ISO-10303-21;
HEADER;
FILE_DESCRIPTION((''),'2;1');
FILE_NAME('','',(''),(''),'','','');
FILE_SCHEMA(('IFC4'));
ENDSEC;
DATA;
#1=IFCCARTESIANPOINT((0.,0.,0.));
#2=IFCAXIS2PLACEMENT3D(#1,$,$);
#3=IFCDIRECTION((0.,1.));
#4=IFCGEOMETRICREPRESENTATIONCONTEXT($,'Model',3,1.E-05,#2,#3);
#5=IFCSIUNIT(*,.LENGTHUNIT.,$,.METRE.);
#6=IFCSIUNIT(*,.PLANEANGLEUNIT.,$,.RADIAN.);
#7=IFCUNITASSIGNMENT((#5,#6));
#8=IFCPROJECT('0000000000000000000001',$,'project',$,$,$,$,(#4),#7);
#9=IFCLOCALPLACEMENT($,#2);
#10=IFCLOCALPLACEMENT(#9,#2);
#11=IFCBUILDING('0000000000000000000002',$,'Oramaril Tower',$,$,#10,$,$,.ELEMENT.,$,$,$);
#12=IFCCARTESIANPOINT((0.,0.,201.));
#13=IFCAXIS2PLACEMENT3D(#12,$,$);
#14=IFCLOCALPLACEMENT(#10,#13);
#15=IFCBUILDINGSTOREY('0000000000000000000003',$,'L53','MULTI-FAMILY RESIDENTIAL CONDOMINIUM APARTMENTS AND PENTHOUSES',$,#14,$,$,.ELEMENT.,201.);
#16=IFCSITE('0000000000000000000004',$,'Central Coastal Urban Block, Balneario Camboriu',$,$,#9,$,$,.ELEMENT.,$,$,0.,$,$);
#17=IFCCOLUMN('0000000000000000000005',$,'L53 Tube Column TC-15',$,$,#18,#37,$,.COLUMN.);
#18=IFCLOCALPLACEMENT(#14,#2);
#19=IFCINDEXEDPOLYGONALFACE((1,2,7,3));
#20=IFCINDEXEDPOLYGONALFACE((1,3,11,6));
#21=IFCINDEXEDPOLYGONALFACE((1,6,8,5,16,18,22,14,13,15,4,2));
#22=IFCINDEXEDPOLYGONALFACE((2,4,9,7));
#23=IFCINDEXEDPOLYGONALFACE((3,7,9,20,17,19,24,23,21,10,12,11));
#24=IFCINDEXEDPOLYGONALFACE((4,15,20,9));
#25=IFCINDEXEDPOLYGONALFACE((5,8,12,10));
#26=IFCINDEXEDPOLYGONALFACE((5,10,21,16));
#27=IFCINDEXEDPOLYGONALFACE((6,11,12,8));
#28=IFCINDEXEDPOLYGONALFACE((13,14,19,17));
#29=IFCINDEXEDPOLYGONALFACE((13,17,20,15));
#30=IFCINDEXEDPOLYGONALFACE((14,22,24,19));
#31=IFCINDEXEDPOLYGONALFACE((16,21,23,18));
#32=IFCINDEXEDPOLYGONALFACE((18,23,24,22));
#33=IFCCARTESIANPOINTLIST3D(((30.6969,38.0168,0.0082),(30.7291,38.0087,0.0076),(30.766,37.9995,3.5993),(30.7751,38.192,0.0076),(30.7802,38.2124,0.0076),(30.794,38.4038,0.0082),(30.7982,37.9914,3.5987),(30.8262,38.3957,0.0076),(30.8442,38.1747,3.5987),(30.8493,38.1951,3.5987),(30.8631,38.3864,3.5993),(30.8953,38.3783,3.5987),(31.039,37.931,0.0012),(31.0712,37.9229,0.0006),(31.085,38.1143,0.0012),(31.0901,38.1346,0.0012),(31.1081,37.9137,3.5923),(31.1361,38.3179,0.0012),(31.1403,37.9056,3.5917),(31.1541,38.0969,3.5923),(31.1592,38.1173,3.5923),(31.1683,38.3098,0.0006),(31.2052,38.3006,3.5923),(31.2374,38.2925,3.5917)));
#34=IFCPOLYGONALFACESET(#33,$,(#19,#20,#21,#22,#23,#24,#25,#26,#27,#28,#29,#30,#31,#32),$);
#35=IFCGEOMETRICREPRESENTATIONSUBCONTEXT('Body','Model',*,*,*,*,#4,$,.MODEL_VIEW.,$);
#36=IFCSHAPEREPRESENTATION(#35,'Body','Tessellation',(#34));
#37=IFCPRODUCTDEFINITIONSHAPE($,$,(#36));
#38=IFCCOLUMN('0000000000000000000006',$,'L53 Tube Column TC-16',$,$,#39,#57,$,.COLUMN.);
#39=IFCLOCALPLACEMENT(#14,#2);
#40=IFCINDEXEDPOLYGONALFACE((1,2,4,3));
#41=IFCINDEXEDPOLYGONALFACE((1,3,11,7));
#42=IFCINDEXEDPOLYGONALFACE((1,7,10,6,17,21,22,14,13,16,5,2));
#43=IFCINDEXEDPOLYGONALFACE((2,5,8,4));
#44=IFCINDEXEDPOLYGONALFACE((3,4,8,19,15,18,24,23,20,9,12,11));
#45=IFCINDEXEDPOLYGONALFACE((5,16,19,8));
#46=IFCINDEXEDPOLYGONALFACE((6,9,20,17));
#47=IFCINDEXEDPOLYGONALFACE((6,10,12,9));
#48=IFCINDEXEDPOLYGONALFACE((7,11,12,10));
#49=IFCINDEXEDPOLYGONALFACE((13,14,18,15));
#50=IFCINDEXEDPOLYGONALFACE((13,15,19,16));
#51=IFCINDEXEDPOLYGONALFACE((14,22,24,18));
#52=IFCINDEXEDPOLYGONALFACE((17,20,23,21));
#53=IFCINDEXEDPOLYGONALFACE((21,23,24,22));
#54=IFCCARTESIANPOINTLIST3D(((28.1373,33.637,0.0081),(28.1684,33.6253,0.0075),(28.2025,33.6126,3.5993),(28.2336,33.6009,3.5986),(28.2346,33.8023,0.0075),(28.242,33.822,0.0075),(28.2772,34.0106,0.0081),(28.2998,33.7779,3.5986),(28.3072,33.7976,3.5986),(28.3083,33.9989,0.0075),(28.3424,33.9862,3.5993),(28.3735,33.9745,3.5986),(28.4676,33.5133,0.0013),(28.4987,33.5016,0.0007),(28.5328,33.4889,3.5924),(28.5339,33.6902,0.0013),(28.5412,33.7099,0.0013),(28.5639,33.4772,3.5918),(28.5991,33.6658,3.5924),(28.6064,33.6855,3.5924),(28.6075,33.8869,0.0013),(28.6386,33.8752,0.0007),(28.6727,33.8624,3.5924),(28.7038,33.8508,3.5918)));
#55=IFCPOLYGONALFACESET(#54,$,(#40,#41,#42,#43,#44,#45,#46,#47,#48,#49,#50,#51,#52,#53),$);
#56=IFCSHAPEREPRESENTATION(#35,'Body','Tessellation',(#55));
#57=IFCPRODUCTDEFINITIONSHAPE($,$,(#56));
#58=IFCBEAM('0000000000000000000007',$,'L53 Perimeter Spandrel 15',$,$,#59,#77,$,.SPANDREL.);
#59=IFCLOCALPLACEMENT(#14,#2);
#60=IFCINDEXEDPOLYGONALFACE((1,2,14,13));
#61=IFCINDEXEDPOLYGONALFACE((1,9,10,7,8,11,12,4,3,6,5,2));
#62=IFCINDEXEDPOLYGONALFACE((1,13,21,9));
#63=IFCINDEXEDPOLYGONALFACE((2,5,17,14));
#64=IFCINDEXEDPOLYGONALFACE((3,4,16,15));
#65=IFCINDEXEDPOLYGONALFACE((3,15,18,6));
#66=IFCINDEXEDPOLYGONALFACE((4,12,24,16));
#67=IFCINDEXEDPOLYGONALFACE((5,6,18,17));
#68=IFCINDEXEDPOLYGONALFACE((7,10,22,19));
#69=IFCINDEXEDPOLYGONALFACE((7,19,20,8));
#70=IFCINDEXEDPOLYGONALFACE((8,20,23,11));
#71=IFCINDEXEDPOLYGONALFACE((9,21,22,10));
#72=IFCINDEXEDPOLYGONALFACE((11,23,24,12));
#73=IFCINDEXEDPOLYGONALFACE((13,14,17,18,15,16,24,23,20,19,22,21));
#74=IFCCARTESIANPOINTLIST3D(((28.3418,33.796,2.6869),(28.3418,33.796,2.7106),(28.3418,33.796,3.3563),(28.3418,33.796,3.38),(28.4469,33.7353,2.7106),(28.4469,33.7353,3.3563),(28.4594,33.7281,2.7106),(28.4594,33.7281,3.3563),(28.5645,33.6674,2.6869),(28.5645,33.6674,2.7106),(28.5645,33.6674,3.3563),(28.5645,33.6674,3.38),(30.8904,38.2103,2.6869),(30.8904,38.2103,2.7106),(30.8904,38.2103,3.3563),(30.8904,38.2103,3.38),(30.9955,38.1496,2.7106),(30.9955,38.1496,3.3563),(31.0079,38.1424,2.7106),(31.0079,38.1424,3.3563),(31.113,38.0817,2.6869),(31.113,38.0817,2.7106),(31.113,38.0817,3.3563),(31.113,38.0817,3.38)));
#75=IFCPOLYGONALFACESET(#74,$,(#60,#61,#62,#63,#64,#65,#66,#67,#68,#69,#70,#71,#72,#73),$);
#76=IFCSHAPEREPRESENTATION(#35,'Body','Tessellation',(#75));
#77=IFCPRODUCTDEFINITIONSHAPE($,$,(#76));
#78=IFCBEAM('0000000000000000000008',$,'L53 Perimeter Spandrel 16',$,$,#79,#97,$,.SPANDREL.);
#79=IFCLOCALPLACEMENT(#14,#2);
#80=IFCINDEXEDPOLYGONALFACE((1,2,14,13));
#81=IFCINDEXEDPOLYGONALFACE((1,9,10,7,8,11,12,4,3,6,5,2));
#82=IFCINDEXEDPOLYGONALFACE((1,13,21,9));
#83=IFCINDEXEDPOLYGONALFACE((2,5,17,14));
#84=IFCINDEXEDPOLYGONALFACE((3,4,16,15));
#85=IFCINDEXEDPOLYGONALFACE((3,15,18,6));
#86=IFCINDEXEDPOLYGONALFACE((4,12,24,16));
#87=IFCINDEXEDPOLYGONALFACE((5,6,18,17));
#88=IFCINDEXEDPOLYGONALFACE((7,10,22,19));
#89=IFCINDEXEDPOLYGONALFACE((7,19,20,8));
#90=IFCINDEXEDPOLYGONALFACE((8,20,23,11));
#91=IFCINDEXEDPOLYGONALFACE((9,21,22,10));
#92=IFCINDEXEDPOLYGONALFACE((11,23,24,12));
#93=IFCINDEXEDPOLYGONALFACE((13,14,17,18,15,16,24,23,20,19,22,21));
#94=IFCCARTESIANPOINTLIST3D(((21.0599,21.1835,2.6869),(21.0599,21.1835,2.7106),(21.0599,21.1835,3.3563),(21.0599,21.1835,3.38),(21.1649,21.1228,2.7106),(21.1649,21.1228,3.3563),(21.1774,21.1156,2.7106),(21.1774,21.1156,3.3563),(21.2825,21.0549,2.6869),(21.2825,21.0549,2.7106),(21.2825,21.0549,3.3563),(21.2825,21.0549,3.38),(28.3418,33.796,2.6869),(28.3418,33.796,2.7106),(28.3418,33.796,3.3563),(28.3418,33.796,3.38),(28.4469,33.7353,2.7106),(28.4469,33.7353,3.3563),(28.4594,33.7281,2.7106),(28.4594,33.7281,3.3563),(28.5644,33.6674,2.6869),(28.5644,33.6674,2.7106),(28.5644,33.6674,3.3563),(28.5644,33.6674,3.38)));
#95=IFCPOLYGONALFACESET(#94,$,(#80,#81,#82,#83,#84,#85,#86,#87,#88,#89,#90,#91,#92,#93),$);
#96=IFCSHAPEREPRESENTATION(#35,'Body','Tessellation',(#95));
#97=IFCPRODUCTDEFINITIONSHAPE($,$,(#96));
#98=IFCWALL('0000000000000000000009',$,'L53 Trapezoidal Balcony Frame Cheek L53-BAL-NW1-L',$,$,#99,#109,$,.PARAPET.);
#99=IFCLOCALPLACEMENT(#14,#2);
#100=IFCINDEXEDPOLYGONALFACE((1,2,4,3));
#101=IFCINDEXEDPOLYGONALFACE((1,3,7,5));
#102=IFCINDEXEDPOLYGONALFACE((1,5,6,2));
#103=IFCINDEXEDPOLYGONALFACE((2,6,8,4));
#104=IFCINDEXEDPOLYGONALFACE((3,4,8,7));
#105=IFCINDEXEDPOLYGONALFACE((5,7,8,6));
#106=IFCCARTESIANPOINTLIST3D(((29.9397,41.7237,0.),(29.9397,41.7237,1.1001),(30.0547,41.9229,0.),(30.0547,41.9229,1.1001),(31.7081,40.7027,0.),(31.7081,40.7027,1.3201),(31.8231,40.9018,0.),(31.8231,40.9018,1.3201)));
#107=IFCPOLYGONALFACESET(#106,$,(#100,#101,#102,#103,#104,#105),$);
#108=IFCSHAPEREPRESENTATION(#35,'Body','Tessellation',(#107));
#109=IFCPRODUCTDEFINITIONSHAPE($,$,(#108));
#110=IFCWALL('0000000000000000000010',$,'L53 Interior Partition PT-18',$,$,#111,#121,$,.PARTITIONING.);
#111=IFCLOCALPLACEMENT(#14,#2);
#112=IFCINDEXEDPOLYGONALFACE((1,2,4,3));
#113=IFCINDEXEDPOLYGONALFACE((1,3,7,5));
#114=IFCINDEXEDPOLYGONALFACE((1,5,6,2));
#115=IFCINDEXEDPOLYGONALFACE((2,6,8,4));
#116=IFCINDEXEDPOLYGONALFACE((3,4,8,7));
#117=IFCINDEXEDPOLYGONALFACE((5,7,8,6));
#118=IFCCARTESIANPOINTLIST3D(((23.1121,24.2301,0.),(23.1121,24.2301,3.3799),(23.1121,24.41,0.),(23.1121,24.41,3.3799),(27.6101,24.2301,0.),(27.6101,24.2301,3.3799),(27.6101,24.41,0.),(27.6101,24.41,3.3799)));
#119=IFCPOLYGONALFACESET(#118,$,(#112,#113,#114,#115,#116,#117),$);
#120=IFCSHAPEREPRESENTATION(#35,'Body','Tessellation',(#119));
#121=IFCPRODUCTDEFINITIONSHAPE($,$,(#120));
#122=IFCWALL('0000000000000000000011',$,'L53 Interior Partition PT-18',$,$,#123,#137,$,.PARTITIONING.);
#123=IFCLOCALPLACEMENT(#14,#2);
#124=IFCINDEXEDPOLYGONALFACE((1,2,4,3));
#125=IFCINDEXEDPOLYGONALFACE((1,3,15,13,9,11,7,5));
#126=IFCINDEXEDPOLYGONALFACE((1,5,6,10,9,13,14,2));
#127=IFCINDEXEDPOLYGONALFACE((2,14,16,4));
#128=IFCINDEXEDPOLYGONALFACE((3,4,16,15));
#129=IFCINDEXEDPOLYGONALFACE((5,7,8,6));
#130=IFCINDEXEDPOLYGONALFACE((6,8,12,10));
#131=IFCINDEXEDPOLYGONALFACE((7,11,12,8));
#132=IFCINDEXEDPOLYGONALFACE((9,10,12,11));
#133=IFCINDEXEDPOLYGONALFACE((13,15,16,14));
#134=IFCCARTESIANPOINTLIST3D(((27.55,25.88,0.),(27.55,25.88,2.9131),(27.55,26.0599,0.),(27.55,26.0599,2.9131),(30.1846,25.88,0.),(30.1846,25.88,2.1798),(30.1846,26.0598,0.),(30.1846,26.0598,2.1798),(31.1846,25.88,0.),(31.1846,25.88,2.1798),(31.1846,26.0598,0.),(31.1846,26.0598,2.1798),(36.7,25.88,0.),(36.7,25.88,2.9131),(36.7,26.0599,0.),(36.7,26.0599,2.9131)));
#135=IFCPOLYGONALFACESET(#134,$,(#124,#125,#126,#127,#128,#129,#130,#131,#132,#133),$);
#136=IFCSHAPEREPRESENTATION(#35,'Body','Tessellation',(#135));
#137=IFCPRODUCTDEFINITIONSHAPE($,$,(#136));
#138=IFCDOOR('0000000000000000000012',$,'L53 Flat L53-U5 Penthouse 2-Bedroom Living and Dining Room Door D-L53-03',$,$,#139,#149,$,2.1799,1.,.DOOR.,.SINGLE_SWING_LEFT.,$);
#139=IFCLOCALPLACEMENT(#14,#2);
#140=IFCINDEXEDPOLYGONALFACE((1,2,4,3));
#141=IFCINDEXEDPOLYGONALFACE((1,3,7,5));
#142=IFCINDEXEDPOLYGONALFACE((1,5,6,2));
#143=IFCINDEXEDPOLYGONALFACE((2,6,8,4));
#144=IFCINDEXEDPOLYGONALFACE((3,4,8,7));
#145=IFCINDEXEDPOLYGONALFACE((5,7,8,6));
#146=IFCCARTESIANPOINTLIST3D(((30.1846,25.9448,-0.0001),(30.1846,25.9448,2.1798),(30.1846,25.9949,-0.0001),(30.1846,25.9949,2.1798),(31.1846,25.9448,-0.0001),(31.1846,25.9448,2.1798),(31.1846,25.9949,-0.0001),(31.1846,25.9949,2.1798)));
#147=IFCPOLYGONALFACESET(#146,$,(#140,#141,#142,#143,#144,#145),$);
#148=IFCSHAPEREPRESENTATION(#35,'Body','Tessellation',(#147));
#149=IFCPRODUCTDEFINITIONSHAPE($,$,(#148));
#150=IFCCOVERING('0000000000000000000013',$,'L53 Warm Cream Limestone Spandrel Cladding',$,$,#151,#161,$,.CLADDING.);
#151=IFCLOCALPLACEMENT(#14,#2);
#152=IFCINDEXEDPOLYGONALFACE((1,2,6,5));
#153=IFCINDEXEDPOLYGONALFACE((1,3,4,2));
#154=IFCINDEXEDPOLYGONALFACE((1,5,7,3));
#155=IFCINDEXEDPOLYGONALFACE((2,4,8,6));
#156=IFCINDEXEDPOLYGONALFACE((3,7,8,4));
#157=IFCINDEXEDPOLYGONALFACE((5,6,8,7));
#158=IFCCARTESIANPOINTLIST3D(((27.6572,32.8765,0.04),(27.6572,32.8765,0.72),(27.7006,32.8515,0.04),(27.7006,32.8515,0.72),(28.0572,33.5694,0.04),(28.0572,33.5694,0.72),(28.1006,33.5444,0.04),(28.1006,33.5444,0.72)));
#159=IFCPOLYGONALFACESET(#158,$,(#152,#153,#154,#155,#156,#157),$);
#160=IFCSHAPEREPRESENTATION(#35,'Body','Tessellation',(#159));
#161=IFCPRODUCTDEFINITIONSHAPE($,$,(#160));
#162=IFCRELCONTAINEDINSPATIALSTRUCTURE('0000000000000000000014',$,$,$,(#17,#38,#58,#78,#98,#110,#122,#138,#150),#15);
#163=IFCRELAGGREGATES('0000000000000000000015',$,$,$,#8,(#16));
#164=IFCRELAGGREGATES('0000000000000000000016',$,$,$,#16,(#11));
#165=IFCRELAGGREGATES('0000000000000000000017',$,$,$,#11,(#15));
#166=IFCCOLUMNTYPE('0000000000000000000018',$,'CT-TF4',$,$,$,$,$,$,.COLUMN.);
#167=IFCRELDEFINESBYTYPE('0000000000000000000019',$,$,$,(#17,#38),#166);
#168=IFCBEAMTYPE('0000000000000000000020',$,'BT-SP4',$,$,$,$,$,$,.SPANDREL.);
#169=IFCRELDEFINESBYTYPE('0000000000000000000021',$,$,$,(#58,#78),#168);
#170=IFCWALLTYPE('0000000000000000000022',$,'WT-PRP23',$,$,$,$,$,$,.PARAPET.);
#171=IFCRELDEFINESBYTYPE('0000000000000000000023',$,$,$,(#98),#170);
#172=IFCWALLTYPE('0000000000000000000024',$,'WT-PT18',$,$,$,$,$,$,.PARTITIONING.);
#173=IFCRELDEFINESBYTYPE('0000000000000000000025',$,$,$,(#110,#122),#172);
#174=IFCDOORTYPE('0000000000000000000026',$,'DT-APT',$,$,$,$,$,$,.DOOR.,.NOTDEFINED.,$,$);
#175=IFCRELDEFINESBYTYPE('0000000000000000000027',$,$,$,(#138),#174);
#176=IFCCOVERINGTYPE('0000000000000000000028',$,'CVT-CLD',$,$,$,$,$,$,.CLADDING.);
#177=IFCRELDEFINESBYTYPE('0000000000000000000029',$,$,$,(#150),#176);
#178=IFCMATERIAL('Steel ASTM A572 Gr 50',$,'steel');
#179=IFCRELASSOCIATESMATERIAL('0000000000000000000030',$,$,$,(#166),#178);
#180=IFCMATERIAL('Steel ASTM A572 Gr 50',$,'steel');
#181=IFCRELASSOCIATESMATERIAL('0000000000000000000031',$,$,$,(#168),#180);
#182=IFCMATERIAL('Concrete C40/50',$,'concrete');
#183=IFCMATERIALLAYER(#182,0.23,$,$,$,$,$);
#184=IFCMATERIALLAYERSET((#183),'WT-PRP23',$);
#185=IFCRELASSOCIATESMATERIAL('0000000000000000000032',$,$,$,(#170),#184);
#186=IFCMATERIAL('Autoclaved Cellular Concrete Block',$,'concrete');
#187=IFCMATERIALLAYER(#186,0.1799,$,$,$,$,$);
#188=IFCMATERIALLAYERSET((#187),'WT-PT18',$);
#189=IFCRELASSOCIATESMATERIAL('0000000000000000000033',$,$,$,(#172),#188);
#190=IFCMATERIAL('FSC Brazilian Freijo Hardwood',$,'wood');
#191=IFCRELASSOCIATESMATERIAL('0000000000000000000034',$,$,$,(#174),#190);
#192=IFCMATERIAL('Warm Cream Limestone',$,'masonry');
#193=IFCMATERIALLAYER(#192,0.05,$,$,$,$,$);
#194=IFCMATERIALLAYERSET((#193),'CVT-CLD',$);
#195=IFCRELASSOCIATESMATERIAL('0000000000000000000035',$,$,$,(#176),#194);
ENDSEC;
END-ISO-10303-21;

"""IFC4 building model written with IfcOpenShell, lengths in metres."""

from ifc_helpers import new_model, si_unit, direction, frame, frame_2d, origin, origin_2d, place, context, subcontext, project, spatial, polyline, rectangle, i_section, outline, extrude, material, layer, layer_set, material_profile, profile_set, type_object, element, fill, save


model = new_model("IFC4")

# Units and contexts
model_context = context("Model", 3, precision=1e-05, world=origin(), true_north=direction((0.0, 1.0)))
body_context = subcontext(model_context, "Body", "Model", "MODEL_VIEW")
ifc_project = project(units=[si_unit("LENGTHUNIT", "METRE"), si_unit("PLANEANGLEUNIT", "RADIAN")], contexts=[model_context])

# Site, building, storey
site_placement = place(None, origin())
site = spatial("IfcSite", under=ifc_project, at=site_placement, Name="Central Coastal Urban Block, Balneario Camboriu", CompositionType="ELEMENT", RefElevation=0.0)
building_placement = place(site_placement, origin())
building = spatial("IfcBuilding", under=site, at=building_placement, Name="Oramaril Tower", CompositionType="ELEMENT")
storey_placement = place(building_placement, frame((0.0, 0.0, 201.0)))
storey = spatial("IfcBuildingStorey", under=building, at=storey_placement, Name="L53", Description="MULTI-FAMILY RESIDENTIAL CONDOMINIUM APARTMENTS AND PENTHOUSES", CompositionType="ELEMENT", Elevation=201.0)

# Columns
ifc_material_1 = material(Name="Steel ASTM A572 Gr 50", Category="steel")
ifc_material_profile_1 = material_profile(ifc_material_1, i_section(OverallWidth=0.3989, OverallDepth=0.386, WebThickness=0.021, FlangeThickness=0.0332, at=origin_2d()), Name="W14X176")
ifc_profile_set_1 = profile_set([ifc_material_profile_1], Name="Steel ASTM A572 Gr 50")
column_type = type_object("IfcColumnType", Name="CT-TF4", PredefinedType="COLUMN", material=ifc_profile_set_1)
for number, where, z_axis, x_axis, name in (
    (1, (30.9326, 38.1633, 0.0044), (0.019236, -0.004826, 0.999803), (0.243342, 0.969941, 0.0), "L53 Tube Column TC-15"),
    (2, (28.3879, 33.7561, 0.0044), (0.018149, -0.006797, 0.999812), (0.350739, 0.936473, 0.0), "L53 Tube Column TC-16"),
):
    element("IfcColumn", number, at=place(storey_placement, frame(where, z_axis=z_axis, x_axis=x_axis)), inside=storey, type_object=column_type, Name=name, PredefinedType="COLUMN", context=body_context, shape_type="SweptSolid", body=[
        extrude(i_section(OverallWidth=0.3989, OverallDepth=0.386, WebThickness=0.021, FlangeThickness=0.0332, at=origin_2d()), origin(), (0.0, 0.0, 1.0), 3.5918),
    ])

# Beams
ifc_material_2 = material(Name="Steel ASTM A572 Gr 50", Category="steel")
ifc_material_profile_2 = material_profile(ifc_material_2, i_section(OverallWidth=0.2571, OverallDepth=0.6931, WebThickness=0.0144, FlangeThickness=0.0237, at=origin_2d()), Name="W27X114")
ifc_profile_set_2 = profile_set([ifc_material_profile_2], Name="Steel ASTM A572 Gr 50")
beam_type = type_object("IfcBeamType", Name="BT-SP4", PredefinedType="SPANDREL", material=ifc_profile_set_2)
beam_1_placement = place(storey_placement, frame((31.0017, 38.146, 3.0334), z_axis=(-0.499997, -0.866027, 0.0), x_axis=(0.866027, -0.499997, 0.0)))
element("IfcBeam", 3, at=beam_1_placement, inside=storey, type_object=beam_type, Name="L53 Perimeter Spandrel 15", PredefinedType="SPANDREL", context=body_context, shape_type="SweptSolid", body=[
    extrude(i_section(OverallWidth=0.2571, OverallDepth=0.6931, WebThickness=0.0144, FlangeThickness=0.0237, at=origin_2d()), origin(), (0.0, 0.0, 1.0), 5.0972),
])
beam_2_placement = place(storey_placement, frame((28.4531, 33.7317, 3.0334), z_axis=(-0.500006, -0.866022, 0.0), x_axis=(0.866022, -0.500006, 0.0)))
element("IfcBeam", 4, at=beam_2_placement, inside=storey, type_object=beam_type, Name="L53 Perimeter Spandrel 16", PredefinedType="SPANDREL", context=body_context, shape_type="SweptSolid", body=[
    extrude(i_section(OverallWidth=0.2571, OverallDepth=0.6931, WebThickness=0.0144, FlangeThickness=0.0237, at=origin_2d()), origin(), (0.0, 0.0, 1.0), 14.5637),
])

# Walls
ifc_material_3 = material(Name="Concrete C40/50", Category="concrete")
ifc_layer_1 = layer(ifc_material_3, 0.23)
ifc_layer_set_1 = layer_set([ifc_layer_1], Name="WT-PRP23")
wall_type_1 = type_object("IfcWallType", Name="WT-PRP23", PredefinedType="PARAPET", material=ifc_layer_set_1)
wall_1_placement = place(storey_placement, frame((31.7656, 40.8022, 0.0), z_axis=(0.0, 0.0, 1.0), x_axis=(-0.866012, 0.500023, 0.0)))
element("IfcWall", 5, at=wall_1_placement, inside=storey, type_object=wall_type_1, Name="L53 Trapezoidal Balcony Frame Cheek L53-BAL-NW1-L", PredefinedType="PARAPET", context=body_context, shape_type="SweptSolid", body=[
    extrude(outline(polyline([(0.0, 0.0), (2.042, 0.0), (2.042, 1.1001), (0.0, 1.3201), (0.0, 0.0)])), frame((0.0, 0.115, 0.0), z_axis=(0.0, -1.0, 0.0), x_axis=(1.0, 0.0, 0.0)), (0.0, 0.0, 1.0), 0.23),
])
ifc_material_4 = material(Name="Autoclaved Cellular Concrete Block", Category="concrete")
ifc_layer_2 = layer(ifc_material_4, 0.1799)
ifc_layer_set_2 = layer_set([ifc_layer_2], Name="WT-PT18")
wall_type_2 = type_object("IfcWallType", Name="WT-PT18", PredefinedType="PARTITIONING", material=ifc_layer_set_2)
wall_2_placement = place(storey_placement, frame((23.1121, 24.3201, 0.0), z_axis=(0.0, 0.0, 1.0), x_axis=(1.0, 0.0, 0.0)))
element("IfcWall", 6, at=wall_2_placement, inside=storey, type_object=wall_type_2, Name="L53 Interior Partition PT-18", PredefinedType="PARTITIONING", context=body_context, shape_type="SweptSolid", body=[
    extrude(rectangle(XDim=4.498, YDim=0.1799, at=frame_2d((2.249, 0.0))), origin(), (0.0, 0.0, 1.0), 3.3799),
])

# Wall, opening, door
wall_3_placement = place(storey_placement, frame((27.55, 25.97, 0.0), z_axis=(0.0, 0.0, 1.0), x_axis=(1.0, 0.0, 0.0)))
wall_3 = element("IfcWall", 7, at=wall_3_placement, inside=storey, type_object=wall_type_2, Name="L53 Interior Partition PT-18", PredefinedType="PARTITIONING", context=body_context, shape_type="SweptSolid", body=[
    extrude(rectangle(XDim=9.1499, YDim=0.1799, at=frame_2d((4.575, 0.0))), origin(), (0.0, 0.0, 1.0), 2.9131),
])
opening_placement = place(wall_3_placement, frame((2.6345, 0.0, 0.0)))
opening = element("IfcOpeningElement", 8, at=opening_placement, cuts=wall_3, PredefinedType="OPENING", context=body_context, shape_type="SweptSolid", body=[
    extrude(rectangle(XDim=1.0, YDim=2.1799, at=frame_2d((0.5, 1.0898))), frame((0.0, 0.0898, 0.0), z_axis=(0.0, -1.0, 0.0), x_axis=(1.0, 0.0, 0.0)), (0.0, 0.0, 1.0), 0.1799),
])
ifc_material_5 = material(Name="FSC Brazilian Freijo Hardwood", Category="wood")
door_type = type_object("IfcDoorType", Name="DT-APT", OperationType="NOTDEFINED", PredefinedType="DOOR", material=ifc_material_5)
door_placement = place(opening_placement, origin())
door = element("IfcDoor", 9, at=door_placement, inside=storey, type_object=door_type, Name="L53 Flat L53-U5 Penthouse 2-Bedroom Living and Dining Room Door D-L53-03", OperationType="SINGLE_SWING_LEFT", OverallHeight=2.1799, OverallWidth=1.0, PredefinedType="DOOR", context=body_context, shape_type="SweptSolid", body=[
    extrude(rectangle(XDim=1.0, YDim=2.1799, at=frame_2d((0.5, 1.0898))), frame((0.0, 0.0249, 0.0), z_axis=(0.0, -1.0, 0.0), x_axis=(1.0, 0.0, 0.0)), (0.0, 0.0, 1.0), 0.05),
])
fill(opening, door)

# Covering
ifc_material_6 = material(Name="Warm Cream Limestone", Category="masonry")
ifc_layer_3 = layer(ifc_material_6, 0.05)
ifc_layer_set_3 = layer_set([ifc_layer_3], Name="CVT-CLD")
covering_type = type_object("IfcCoveringType", Name="CVT-CLD", PredefinedType="CLADDING", material=ifc_layer_set_3)
covering_placement = place(storey_placement, frame((27.8789, 33.2104, 0.04), z_axis=(0.0, 0.0, 1.0), x_axis=(-0.5, -0.866025, 0.0)))
element("IfcCovering", 10, at=covering_placement, inside=storey, type_object=covering_type, Name="L53 Warm Cream Limestone Spandrel Cladding", PredefinedType="CLADDING", context=body_context, shape_type="SweptSolid", body=[
    extrude(rectangle(XDim=0.8, YDim=0.05, at=origin_2d()), origin(), (0.0, 0.0, 1.0), 0.6799),
])

save(model, "model.ifc")
